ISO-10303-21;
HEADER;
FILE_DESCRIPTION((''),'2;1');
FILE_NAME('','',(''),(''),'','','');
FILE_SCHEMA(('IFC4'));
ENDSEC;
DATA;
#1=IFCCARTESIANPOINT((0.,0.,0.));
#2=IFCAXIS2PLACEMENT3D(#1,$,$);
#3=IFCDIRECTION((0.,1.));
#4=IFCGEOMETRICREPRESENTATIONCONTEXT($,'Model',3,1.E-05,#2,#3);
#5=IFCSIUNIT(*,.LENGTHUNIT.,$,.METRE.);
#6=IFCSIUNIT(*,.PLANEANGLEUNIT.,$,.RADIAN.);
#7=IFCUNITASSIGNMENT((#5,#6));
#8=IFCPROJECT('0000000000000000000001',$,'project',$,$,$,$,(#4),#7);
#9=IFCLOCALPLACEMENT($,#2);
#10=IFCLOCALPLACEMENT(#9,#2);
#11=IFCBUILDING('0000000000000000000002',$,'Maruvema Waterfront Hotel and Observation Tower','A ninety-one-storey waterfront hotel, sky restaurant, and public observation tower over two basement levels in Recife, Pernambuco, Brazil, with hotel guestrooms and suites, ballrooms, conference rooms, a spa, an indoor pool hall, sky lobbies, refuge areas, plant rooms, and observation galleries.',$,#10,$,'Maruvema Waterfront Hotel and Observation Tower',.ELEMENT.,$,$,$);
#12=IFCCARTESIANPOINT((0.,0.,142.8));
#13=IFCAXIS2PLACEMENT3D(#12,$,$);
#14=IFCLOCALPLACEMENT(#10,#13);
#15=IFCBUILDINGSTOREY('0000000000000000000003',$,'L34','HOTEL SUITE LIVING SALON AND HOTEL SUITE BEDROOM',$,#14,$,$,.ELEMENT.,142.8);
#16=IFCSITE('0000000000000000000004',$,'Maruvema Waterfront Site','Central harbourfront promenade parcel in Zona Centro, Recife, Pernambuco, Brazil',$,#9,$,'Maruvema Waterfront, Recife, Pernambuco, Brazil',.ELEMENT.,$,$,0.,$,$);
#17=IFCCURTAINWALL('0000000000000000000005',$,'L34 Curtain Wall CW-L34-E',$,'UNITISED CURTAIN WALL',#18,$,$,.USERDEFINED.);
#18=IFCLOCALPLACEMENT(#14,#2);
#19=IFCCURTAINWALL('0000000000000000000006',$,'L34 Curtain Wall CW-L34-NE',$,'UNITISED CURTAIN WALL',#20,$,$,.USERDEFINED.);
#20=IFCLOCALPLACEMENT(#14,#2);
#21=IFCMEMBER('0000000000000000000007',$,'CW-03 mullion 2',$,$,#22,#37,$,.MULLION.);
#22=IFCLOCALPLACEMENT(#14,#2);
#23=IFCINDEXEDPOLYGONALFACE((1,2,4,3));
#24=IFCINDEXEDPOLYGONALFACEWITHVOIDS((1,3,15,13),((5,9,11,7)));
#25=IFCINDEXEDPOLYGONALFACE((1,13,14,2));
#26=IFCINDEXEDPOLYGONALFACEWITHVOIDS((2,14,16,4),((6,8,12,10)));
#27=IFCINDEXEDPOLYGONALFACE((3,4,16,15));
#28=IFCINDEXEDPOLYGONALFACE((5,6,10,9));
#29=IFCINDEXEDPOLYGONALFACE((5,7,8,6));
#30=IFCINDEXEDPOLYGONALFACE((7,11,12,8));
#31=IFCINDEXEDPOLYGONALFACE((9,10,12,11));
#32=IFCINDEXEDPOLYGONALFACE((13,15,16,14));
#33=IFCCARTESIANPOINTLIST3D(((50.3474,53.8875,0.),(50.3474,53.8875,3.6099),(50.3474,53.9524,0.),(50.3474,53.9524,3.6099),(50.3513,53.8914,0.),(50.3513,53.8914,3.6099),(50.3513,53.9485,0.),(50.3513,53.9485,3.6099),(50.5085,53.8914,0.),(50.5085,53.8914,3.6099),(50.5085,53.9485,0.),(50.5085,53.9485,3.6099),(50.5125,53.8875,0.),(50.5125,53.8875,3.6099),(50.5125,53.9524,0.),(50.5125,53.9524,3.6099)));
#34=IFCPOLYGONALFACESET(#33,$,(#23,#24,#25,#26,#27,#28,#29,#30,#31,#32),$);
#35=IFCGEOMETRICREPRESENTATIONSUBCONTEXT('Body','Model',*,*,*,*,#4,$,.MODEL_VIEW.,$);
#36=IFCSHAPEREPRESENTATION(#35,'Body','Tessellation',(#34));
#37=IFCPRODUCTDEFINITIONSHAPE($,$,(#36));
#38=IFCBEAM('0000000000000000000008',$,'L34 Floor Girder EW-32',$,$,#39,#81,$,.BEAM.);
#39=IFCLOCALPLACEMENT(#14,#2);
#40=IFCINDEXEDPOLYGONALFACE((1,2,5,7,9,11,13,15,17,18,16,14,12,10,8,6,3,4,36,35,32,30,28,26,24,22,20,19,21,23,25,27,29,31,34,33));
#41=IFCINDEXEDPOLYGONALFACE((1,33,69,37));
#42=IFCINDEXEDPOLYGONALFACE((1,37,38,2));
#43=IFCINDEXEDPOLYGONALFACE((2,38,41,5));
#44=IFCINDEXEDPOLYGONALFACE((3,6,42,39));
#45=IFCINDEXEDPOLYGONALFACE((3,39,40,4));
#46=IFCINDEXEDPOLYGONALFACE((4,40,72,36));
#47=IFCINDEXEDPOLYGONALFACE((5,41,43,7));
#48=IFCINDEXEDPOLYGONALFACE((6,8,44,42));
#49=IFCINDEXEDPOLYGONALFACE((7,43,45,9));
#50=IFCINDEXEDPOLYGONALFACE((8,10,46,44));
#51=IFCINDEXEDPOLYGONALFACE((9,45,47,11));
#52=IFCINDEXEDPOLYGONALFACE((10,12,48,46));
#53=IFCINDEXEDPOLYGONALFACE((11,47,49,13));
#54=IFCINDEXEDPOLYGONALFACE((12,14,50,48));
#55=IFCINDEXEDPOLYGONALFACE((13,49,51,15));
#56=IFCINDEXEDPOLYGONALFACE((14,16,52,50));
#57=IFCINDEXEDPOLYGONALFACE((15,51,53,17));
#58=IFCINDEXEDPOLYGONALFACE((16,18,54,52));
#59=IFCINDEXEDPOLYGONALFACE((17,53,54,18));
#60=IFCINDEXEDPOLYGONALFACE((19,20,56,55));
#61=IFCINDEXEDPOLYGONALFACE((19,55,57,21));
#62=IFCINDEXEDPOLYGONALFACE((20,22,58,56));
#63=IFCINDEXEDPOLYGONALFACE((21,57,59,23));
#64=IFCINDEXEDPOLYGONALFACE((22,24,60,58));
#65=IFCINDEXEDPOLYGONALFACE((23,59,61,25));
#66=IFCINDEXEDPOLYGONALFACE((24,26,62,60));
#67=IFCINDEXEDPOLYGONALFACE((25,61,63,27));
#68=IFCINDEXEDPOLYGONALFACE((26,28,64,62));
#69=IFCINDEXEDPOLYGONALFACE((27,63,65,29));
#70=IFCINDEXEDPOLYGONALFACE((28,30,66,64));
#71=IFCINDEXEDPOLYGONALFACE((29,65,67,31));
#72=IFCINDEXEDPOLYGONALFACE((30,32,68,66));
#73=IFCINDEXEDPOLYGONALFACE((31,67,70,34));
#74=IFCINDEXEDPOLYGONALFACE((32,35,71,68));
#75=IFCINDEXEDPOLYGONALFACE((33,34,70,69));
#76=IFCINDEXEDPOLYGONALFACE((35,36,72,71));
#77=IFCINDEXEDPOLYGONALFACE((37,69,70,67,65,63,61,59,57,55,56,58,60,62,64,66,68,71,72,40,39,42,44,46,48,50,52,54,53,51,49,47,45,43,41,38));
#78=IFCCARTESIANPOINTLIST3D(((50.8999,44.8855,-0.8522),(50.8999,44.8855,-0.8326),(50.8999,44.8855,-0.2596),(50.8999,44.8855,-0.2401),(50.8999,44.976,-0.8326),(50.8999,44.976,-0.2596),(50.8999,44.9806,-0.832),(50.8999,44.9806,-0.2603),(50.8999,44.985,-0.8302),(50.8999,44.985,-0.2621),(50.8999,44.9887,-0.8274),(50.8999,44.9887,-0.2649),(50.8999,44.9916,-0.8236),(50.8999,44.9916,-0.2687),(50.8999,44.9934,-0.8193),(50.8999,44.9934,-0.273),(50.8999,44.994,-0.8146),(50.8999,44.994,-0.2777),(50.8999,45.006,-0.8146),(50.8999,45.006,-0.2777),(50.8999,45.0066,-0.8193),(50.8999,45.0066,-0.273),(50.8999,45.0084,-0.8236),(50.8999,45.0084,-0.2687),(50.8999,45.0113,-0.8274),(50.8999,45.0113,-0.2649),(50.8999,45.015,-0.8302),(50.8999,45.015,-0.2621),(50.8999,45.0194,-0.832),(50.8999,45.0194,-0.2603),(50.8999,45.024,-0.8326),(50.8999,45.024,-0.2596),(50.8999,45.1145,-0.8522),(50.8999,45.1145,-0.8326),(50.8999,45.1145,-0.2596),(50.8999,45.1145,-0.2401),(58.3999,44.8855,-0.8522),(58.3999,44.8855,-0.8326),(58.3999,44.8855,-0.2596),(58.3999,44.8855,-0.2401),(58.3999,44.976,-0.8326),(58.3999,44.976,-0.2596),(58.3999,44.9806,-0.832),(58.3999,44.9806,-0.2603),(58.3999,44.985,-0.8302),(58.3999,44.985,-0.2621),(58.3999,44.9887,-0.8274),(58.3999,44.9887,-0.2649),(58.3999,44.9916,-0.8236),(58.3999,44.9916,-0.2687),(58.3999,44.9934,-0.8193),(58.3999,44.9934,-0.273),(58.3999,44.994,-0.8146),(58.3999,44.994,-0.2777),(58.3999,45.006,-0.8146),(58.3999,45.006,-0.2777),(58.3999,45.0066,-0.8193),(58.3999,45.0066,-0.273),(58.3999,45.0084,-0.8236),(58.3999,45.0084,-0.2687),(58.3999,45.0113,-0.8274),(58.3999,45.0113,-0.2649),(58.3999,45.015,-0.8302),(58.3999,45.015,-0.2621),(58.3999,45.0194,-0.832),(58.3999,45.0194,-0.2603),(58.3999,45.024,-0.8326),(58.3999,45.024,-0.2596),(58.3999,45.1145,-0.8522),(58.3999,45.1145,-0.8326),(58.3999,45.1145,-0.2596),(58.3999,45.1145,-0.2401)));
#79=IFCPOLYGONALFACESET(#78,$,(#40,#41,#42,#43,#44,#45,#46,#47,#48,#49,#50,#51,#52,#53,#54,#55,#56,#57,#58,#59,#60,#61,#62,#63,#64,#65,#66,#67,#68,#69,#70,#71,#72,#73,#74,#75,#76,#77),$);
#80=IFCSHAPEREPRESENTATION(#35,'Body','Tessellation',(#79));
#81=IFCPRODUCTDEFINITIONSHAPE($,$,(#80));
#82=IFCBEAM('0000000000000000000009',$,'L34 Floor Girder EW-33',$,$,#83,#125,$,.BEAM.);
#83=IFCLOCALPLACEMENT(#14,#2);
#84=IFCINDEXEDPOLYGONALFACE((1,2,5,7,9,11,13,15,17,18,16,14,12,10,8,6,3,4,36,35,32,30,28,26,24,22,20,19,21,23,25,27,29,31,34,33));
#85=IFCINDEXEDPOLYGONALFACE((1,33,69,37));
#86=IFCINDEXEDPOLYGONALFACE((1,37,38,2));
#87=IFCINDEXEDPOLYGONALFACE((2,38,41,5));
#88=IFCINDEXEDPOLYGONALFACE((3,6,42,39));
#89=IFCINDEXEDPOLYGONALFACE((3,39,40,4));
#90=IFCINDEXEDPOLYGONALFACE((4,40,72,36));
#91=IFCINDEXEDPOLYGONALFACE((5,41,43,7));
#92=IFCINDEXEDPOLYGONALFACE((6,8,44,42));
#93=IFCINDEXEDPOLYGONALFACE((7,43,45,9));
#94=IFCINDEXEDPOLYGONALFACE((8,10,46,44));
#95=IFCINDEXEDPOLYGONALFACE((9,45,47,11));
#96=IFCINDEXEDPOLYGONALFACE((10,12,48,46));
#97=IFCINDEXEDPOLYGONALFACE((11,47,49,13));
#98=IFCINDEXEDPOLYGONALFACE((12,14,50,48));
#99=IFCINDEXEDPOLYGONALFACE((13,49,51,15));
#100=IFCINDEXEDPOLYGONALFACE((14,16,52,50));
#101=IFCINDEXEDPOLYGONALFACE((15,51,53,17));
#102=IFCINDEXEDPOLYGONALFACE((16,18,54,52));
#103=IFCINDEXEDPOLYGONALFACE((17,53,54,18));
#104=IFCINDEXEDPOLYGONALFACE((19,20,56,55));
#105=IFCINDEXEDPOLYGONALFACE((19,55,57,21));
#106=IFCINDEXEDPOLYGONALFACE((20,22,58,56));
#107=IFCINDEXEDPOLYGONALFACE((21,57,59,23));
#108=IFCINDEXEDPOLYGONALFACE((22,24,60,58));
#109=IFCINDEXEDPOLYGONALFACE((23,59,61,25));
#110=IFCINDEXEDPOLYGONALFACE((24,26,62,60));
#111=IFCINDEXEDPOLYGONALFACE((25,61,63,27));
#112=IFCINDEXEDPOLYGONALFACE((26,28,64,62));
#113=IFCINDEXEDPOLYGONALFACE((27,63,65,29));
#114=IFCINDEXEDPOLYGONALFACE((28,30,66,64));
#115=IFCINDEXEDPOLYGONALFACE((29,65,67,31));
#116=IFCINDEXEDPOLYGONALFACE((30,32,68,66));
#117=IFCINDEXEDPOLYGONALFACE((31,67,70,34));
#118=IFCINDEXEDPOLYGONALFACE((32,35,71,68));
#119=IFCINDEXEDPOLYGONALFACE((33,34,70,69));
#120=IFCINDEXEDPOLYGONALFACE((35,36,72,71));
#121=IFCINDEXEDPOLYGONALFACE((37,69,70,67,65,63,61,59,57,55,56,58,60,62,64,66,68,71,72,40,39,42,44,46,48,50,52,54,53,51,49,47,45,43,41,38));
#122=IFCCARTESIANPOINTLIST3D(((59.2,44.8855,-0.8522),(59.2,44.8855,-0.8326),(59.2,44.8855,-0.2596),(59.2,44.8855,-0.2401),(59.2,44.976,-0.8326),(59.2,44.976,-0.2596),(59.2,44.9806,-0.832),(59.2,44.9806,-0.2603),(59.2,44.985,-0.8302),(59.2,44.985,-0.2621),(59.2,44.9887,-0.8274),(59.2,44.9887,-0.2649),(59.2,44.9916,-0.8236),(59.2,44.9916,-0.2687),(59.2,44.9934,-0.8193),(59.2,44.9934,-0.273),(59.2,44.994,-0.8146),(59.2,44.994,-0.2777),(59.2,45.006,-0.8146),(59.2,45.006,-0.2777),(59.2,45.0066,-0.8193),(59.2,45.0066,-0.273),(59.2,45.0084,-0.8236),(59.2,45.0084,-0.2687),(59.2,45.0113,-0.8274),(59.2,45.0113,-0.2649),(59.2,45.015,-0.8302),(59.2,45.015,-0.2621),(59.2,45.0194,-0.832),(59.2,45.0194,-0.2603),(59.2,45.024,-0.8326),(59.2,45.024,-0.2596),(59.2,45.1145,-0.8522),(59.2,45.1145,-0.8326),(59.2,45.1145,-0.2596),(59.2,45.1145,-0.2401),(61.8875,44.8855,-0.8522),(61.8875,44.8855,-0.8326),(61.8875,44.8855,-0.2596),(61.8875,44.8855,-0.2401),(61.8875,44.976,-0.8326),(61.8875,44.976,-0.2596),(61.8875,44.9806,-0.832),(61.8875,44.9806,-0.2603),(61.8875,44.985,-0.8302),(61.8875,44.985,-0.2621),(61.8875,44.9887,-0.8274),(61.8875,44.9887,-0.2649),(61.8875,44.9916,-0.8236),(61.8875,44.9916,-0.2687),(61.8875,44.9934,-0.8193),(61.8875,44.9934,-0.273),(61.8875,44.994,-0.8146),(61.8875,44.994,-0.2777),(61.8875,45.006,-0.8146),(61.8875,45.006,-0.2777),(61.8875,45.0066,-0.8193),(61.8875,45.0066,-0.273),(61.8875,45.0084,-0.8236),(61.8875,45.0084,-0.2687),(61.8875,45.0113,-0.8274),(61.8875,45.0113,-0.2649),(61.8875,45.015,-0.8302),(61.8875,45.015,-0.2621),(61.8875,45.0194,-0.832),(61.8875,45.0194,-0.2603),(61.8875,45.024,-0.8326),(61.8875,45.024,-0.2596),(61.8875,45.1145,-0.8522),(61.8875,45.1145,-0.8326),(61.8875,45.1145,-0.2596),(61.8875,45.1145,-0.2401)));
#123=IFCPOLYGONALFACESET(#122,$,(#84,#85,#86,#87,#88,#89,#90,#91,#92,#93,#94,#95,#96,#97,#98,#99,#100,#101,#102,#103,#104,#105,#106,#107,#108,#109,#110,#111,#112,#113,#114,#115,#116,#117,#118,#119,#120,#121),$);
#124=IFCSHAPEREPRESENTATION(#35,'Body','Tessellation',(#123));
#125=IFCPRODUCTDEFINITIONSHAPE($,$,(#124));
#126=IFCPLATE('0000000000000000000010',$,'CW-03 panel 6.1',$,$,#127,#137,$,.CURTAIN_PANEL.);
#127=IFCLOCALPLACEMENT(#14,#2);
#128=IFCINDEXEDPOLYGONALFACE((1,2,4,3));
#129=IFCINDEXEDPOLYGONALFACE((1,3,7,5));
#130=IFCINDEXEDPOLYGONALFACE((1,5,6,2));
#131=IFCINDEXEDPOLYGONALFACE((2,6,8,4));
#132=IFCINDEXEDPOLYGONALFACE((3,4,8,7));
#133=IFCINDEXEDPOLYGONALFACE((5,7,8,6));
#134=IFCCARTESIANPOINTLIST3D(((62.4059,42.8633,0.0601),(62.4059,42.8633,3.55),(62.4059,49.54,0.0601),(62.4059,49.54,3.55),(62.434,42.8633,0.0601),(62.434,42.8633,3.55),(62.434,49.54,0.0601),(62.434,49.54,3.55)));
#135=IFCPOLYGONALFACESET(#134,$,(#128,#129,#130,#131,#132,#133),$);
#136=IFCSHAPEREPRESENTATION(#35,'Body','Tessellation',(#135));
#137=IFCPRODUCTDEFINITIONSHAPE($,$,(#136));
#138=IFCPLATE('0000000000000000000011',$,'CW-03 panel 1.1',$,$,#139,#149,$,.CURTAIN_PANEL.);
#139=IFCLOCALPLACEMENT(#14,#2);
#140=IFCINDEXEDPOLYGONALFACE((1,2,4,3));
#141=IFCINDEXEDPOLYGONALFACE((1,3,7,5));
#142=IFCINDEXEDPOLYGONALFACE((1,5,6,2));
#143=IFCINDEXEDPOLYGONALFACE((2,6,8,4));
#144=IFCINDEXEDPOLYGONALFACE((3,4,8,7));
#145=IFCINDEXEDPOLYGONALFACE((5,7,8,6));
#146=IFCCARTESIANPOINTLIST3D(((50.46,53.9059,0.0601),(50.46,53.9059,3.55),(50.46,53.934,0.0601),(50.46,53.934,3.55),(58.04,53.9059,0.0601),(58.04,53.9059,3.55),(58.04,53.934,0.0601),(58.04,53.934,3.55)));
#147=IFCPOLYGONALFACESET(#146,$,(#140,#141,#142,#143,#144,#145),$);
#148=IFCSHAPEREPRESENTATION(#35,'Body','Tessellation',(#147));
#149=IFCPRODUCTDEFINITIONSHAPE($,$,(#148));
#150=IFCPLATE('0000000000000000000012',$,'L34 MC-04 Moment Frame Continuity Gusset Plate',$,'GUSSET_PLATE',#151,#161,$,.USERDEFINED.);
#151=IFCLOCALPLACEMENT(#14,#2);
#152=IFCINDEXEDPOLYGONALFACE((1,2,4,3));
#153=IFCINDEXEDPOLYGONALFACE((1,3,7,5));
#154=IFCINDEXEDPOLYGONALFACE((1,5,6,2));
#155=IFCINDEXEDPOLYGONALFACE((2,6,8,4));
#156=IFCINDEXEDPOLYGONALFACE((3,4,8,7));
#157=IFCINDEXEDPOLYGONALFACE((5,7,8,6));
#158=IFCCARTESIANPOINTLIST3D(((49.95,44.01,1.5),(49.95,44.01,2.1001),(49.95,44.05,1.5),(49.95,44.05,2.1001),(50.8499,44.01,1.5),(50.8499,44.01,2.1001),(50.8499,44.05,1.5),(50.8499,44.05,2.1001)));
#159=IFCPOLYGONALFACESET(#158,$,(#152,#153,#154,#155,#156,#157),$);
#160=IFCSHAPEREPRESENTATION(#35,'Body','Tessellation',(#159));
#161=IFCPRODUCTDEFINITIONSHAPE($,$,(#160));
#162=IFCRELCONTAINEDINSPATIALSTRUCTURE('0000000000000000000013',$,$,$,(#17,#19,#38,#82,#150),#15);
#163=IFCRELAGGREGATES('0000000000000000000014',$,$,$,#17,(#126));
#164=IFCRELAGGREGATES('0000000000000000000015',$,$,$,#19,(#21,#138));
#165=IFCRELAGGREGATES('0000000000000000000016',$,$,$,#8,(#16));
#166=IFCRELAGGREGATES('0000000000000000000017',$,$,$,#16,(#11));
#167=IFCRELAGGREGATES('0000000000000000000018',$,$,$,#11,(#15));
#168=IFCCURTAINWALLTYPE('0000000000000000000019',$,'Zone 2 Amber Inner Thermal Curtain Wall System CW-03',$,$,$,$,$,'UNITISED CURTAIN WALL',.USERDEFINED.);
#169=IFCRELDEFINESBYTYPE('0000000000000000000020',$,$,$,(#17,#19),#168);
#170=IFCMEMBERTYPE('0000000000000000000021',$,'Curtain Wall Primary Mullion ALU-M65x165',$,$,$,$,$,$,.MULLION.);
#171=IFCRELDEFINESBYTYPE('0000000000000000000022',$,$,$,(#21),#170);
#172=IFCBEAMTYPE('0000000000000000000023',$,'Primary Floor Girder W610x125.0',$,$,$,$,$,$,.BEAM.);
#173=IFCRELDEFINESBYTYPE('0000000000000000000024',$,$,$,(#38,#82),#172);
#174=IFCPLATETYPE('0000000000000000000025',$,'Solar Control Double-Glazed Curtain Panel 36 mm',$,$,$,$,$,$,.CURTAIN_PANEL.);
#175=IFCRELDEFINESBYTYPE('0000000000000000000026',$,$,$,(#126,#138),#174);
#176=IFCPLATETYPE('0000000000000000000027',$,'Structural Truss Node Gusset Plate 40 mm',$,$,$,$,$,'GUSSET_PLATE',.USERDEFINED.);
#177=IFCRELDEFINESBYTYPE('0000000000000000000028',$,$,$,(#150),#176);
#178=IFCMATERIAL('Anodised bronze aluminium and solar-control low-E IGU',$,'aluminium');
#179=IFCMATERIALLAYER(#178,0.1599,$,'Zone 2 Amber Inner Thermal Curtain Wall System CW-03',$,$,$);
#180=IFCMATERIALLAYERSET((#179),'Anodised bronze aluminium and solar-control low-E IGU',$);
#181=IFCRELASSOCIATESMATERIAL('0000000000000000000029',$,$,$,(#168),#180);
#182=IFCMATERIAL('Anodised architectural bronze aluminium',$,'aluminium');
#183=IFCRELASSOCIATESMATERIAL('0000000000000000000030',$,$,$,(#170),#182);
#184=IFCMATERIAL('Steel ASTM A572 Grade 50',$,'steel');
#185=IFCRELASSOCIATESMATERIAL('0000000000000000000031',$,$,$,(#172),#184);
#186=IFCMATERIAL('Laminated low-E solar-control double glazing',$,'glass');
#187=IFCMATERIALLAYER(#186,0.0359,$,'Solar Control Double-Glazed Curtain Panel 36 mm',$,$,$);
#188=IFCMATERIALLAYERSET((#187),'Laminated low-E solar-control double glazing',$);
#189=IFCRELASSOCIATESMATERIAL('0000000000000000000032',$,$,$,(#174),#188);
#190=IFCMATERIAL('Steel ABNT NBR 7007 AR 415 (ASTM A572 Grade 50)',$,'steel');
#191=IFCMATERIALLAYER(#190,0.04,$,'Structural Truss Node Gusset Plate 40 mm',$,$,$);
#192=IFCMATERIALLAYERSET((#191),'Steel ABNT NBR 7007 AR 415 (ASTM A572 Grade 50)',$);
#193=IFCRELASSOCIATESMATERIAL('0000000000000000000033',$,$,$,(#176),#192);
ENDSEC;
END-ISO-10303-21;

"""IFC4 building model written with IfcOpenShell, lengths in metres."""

from ifc_helpers import new_model, si_unit, direction, frame, origin, origin_2d, place, context, subcontext, project, spatial, rectangle, hollow_rectangle, i_section, extrude, material, layer, layer_set, material_profile, profile_set, type_object, element, aggregate, save


model = new_model("IFC4")

# Units and contexts
model_context = context("Model", 3, precision=1e-05, world=origin(), true_north=direction((0.0, 1.0)))
body_context = subcontext(model_context, "Body", "Model", "MODEL_VIEW")
ifc_project = project(units=[si_unit("LENGTHUNIT", "METRE"), si_unit("PLANEANGLEUNIT", "RADIAN")], contexts=[model_context])

# Site, building, storey
site_placement = place(None, origin())
site = spatial("IfcSite", under=ifc_project, at=site_placement, Name="Maruvema Waterfront Site", Description="Central harbourfront promenade parcel in Zona Centro, Recife, Pernambuco, Brazil", LongName="Maruvema Waterfront, Recife, Pernambuco, Brazil", CompositionType="ELEMENT", RefElevation=0.0)
building_placement = place(site_placement, origin())
building = spatial("IfcBuilding", under=site, at=building_placement, Name="Maruvema Waterfront Hotel and Observation Tower", Description="A ninety-one-storey waterfront hotel, sky restaurant, and public observation tower over two basement levels in Recife, Pernambuco, Brazil, with hotel guestrooms and suites, ballrooms, conference rooms, a spa, an indoor pool hall, sky lobbies, refuge areas, plant rooms, and observation galleries.", LongName="Maruvema Waterfront Hotel and Observation Tower", CompositionType="ELEMENT")
storey_placement = place(building_placement, frame((0.0, 0.0, 142.8)))
storey = spatial("IfcBuildingStorey", under=building, at=storey_placement, Name="L34", Description="HOTEL SUITE LIVING SALON AND HOTEL SUITE BEDROOM", CompositionType="ELEMENT", Elevation=142.8)

# Curtain walls
ifc_material_1 = material(Name="Anodised bronze aluminium and solar-control low-E IGU", Category="aluminium")
ifc_layer_1 = layer(ifc_material_1, 0.1599, Name="Zone 2 Amber Inner Thermal Curtain Wall System CW-03")
ifc_layer_set_1 = layer_set([ifc_layer_1], Name="Anodised bronze aluminium and solar-control low-E IGU")
curtain_wall_type = type_object("IfcCurtainWallType", Name="Zone 2 Amber Inner Thermal Curtain Wall System CW-03", ElementType="UNITISED CURTAIN WALL", PredefinedType="USERDEFINED", material=ifc_layer_set_1)
curtain_wall_1_placement = place(storey_placement, origin())
curtain_wall_1 = element("IfcCurtainWall", 1, at=curtain_wall_1_placement, inside=storey, type_object=curtain_wall_type, Name="L34 Curtain Wall CW-L34-E", ObjectType="UNITISED CURTAIN WALL", PredefinedType="USERDEFINED")
curtain_wall_2_placement = place(storey_placement, origin())
curtain_wall_2 = element("IfcCurtainWall", 2, at=curtain_wall_2_placement, inside=storey, type_object=curtain_wall_type, Name="L34 Curtain Wall CW-L34-NE", ObjectType="UNITISED CURTAIN WALL", PredefinedType="USERDEFINED")

# Member
ifc_material_2 = material(Name="Anodised architectural bronze aluminium", Category="aluminium")
ifc_material_profile_1 = material_profile(ifc_material_2, hollow_rectangle(XDim=0.0649, YDim=0.165, WallThickness=0.0039, at=origin_2d()), Name="ALU-M65x165")
ifc_profile_set_1 = profile_set([ifc_material_profile_1], Name="Anodised architectural bronze aluminium")
member_type_1 = type_object("IfcMemberType", Name="Curtain Wall Primary Mullion ALU-M65x165", PredefinedType="MULLION", material=ifc_profile_set_1)
member_1_placement = place(storey_placement, frame((50.4299, 53.9199, 0.0), z_axis=(0.0, 0.0, 1.0), x_axis=(0.0, -1.0, 0.0)))
member_1 = element("IfcMember", 3, at=member_1_placement, type_object=member_type_1, Name="CW-03 mullion 2", PredefinedType="MULLION", context=body_context, shape_type="SweptSolid", body=[
    extrude(hollow_rectangle(XDim=0.0649, YDim=0.165, WallThickness=0.0039, at=origin_2d()), origin(), (0.0, 0.0, 1.0), 3.6099),
])

# Beams
ifc_material_3 = material(Name="Steel ASTM A572 Grade 50", Category="steel")
ifc_material_profile_2 = material_profile(ifc_material_3, i_section(OverallWidth=0.229, OverallDepth=0.6121, WebThickness=0.012, FlangeThickness=0.0195, FilletRadius=0.0181, at=origin_2d()), Name="W610x125.0")
ifc_profile_set_2 = profile_set([ifc_material_profile_2], Name="Steel ASTM A572 Grade 50")
beam_type = type_object("IfcBeamType", Name="Primary Floor Girder W610x125.0", PredefinedType="BEAM", material=ifc_profile_set_2)
beam_1_placement = place(storey_placement, frame((50.8999, 45.0, -0.5461), z_axis=(1.0, 0.0, 0.0), x_axis=(0.0, 1.0, 0.0)))
element("IfcBeam", 4, at=beam_1_placement, inside=storey, type_object=beam_type, Name="L34 Floor Girder EW-32", PredefinedType="BEAM", context=body_context, shape_type="SweptSolid", body=[
    extrude(i_section(OverallWidth=0.229, OverallDepth=0.6121, WebThickness=0.012, FlangeThickness=0.0195, FilletRadius=0.0181, at=origin_2d()), origin(), (0.0, 0.0, 1.0), 7.5),
])
beam_2_placement = place(storey_placement, frame((59.2, 45.0, -0.5461), z_axis=(1.0, 0.0, 0.0), x_axis=(0.0, 1.0, 0.0)))
element("IfcBeam", 5, at=beam_2_placement, inside=storey, type_object=beam_type, Name="L34 Floor Girder EW-33", PredefinedType="BEAM", context=body_context, shape_type="SweptSolid", body=[
    extrude(i_section(OverallWidth=0.229, OverallDepth=0.6121, WebThickness=0.012, FlangeThickness=0.0195, FilletRadius=0.0181, at=origin_2d()), origin(), (0.0, 0.0, 1.0), 2.6875),
])

# Plates
ifc_material_4 = material(Name="Laminated low-E solar-control double glazing", Category="glass")
ifc_layer_2 = layer(ifc_material_4, 0.0359, Name="Solar Control Double-Glazed Curtain Panel 36 mm")
ifc_layer_set_2 = layer_set([ifc_layer_2], Name="Laminated low-E solar-control double glazing")
plate_type_1 = type_object("IfcPlateType", Name="Solar Control Double-Glazed Curtain Panel 36 mm", PredefinedType="CURTAIN_PANEL", material=ifc_layer_set_2)
plate_1_placement = place(storey_placement, frame((62.4199, 46.2017, 0.0601), z_axis=(0.0, 0.0, 1.0), x_axis=(0.0, 1.0, 0.0)))
plate_1 = element("IfcPlate", 6, at=plate_1_placement, type_object=plate_type_1, Name="CW-03 panel 6.1", PredefinedType="CURTAIN_PANEL", context=body_context, shape_type="SweptSolid", body=[
    extrude(rectangle(XDim=6.6768, YDim=0.0281, at=origin_2d()), origin(), (0.0, 0.0, 1.0), 3.49),
])
aggregate(curtain_wall_1, [plate_1])
plate_2_placement = place(storey_placement, frame((54.25, 53.9199, 0.0601), z_axis=(0.0, 0.0, 1.0), x_axis=(-1.0, 0.0, 0.0)))
plate_2 = element("IfcPlate", 7, at=plate_2_placement, type_object=plate_type_1, Name="CW-03 panel 1.1", PredefinedType="CURTAIN_PANEL", context=body_context, shape_type="SweptSolid", body=[
    extrude(rectangle(XDim=7.5801, YDim=0.0281, at=origin_2d()), origin(), (0.0, 0.0, 1.0), 3.49),
])
aggregate(curtain_wall_2, [member_1, plate_2])
ifc_material_5 = material(Name="Steel ABNT NBR 7007 AR 415 (ASTM A572 Grade 50)", Category="steel")
ifc_layer_3 = layer(ifc_material_5, 0.04, Name="Structural Truss Node Gusset Plate 40 mm")
ifc_layer_set_3 = layer_set([ifc_layer_3], Name="Steel ABNT NBR 7007 AR 415 (ASTM A572 Grade 50)")
plate_type_2 = type_object("IfcPlateType", Name="Structural Truss Node Gusset Plate 40 mm", ElementType="GUSSET_PLATE", PredefinedType="USERDEFINED", material=ifc_layer_set_3)
plate_3_placement = place(storey_placement, frame((50.3999, 44.03, 1.5), z_axis=(0.0, 0.0, 1.0), x_axis=(1.0, 0.0, 0.0)))
element("IfcPlate", 8, at=plate_3_placement, inside=storey, type_object=plate_type_2, Name="L34 MC-04 Moment Frame Continuity Gusset Plate", ObjectType="GUSSET_PLATE", PredefinedType="USERDEFINED", context=body_context, shape_type="SweptSolid", body=[
    extrude(rectangle(XDim=0.8999, YDim=0.04, at=origin_2d()), origin(), (0.0, 0.0, 1.0), 0.6001),
])

save(model, "model.ifc")
